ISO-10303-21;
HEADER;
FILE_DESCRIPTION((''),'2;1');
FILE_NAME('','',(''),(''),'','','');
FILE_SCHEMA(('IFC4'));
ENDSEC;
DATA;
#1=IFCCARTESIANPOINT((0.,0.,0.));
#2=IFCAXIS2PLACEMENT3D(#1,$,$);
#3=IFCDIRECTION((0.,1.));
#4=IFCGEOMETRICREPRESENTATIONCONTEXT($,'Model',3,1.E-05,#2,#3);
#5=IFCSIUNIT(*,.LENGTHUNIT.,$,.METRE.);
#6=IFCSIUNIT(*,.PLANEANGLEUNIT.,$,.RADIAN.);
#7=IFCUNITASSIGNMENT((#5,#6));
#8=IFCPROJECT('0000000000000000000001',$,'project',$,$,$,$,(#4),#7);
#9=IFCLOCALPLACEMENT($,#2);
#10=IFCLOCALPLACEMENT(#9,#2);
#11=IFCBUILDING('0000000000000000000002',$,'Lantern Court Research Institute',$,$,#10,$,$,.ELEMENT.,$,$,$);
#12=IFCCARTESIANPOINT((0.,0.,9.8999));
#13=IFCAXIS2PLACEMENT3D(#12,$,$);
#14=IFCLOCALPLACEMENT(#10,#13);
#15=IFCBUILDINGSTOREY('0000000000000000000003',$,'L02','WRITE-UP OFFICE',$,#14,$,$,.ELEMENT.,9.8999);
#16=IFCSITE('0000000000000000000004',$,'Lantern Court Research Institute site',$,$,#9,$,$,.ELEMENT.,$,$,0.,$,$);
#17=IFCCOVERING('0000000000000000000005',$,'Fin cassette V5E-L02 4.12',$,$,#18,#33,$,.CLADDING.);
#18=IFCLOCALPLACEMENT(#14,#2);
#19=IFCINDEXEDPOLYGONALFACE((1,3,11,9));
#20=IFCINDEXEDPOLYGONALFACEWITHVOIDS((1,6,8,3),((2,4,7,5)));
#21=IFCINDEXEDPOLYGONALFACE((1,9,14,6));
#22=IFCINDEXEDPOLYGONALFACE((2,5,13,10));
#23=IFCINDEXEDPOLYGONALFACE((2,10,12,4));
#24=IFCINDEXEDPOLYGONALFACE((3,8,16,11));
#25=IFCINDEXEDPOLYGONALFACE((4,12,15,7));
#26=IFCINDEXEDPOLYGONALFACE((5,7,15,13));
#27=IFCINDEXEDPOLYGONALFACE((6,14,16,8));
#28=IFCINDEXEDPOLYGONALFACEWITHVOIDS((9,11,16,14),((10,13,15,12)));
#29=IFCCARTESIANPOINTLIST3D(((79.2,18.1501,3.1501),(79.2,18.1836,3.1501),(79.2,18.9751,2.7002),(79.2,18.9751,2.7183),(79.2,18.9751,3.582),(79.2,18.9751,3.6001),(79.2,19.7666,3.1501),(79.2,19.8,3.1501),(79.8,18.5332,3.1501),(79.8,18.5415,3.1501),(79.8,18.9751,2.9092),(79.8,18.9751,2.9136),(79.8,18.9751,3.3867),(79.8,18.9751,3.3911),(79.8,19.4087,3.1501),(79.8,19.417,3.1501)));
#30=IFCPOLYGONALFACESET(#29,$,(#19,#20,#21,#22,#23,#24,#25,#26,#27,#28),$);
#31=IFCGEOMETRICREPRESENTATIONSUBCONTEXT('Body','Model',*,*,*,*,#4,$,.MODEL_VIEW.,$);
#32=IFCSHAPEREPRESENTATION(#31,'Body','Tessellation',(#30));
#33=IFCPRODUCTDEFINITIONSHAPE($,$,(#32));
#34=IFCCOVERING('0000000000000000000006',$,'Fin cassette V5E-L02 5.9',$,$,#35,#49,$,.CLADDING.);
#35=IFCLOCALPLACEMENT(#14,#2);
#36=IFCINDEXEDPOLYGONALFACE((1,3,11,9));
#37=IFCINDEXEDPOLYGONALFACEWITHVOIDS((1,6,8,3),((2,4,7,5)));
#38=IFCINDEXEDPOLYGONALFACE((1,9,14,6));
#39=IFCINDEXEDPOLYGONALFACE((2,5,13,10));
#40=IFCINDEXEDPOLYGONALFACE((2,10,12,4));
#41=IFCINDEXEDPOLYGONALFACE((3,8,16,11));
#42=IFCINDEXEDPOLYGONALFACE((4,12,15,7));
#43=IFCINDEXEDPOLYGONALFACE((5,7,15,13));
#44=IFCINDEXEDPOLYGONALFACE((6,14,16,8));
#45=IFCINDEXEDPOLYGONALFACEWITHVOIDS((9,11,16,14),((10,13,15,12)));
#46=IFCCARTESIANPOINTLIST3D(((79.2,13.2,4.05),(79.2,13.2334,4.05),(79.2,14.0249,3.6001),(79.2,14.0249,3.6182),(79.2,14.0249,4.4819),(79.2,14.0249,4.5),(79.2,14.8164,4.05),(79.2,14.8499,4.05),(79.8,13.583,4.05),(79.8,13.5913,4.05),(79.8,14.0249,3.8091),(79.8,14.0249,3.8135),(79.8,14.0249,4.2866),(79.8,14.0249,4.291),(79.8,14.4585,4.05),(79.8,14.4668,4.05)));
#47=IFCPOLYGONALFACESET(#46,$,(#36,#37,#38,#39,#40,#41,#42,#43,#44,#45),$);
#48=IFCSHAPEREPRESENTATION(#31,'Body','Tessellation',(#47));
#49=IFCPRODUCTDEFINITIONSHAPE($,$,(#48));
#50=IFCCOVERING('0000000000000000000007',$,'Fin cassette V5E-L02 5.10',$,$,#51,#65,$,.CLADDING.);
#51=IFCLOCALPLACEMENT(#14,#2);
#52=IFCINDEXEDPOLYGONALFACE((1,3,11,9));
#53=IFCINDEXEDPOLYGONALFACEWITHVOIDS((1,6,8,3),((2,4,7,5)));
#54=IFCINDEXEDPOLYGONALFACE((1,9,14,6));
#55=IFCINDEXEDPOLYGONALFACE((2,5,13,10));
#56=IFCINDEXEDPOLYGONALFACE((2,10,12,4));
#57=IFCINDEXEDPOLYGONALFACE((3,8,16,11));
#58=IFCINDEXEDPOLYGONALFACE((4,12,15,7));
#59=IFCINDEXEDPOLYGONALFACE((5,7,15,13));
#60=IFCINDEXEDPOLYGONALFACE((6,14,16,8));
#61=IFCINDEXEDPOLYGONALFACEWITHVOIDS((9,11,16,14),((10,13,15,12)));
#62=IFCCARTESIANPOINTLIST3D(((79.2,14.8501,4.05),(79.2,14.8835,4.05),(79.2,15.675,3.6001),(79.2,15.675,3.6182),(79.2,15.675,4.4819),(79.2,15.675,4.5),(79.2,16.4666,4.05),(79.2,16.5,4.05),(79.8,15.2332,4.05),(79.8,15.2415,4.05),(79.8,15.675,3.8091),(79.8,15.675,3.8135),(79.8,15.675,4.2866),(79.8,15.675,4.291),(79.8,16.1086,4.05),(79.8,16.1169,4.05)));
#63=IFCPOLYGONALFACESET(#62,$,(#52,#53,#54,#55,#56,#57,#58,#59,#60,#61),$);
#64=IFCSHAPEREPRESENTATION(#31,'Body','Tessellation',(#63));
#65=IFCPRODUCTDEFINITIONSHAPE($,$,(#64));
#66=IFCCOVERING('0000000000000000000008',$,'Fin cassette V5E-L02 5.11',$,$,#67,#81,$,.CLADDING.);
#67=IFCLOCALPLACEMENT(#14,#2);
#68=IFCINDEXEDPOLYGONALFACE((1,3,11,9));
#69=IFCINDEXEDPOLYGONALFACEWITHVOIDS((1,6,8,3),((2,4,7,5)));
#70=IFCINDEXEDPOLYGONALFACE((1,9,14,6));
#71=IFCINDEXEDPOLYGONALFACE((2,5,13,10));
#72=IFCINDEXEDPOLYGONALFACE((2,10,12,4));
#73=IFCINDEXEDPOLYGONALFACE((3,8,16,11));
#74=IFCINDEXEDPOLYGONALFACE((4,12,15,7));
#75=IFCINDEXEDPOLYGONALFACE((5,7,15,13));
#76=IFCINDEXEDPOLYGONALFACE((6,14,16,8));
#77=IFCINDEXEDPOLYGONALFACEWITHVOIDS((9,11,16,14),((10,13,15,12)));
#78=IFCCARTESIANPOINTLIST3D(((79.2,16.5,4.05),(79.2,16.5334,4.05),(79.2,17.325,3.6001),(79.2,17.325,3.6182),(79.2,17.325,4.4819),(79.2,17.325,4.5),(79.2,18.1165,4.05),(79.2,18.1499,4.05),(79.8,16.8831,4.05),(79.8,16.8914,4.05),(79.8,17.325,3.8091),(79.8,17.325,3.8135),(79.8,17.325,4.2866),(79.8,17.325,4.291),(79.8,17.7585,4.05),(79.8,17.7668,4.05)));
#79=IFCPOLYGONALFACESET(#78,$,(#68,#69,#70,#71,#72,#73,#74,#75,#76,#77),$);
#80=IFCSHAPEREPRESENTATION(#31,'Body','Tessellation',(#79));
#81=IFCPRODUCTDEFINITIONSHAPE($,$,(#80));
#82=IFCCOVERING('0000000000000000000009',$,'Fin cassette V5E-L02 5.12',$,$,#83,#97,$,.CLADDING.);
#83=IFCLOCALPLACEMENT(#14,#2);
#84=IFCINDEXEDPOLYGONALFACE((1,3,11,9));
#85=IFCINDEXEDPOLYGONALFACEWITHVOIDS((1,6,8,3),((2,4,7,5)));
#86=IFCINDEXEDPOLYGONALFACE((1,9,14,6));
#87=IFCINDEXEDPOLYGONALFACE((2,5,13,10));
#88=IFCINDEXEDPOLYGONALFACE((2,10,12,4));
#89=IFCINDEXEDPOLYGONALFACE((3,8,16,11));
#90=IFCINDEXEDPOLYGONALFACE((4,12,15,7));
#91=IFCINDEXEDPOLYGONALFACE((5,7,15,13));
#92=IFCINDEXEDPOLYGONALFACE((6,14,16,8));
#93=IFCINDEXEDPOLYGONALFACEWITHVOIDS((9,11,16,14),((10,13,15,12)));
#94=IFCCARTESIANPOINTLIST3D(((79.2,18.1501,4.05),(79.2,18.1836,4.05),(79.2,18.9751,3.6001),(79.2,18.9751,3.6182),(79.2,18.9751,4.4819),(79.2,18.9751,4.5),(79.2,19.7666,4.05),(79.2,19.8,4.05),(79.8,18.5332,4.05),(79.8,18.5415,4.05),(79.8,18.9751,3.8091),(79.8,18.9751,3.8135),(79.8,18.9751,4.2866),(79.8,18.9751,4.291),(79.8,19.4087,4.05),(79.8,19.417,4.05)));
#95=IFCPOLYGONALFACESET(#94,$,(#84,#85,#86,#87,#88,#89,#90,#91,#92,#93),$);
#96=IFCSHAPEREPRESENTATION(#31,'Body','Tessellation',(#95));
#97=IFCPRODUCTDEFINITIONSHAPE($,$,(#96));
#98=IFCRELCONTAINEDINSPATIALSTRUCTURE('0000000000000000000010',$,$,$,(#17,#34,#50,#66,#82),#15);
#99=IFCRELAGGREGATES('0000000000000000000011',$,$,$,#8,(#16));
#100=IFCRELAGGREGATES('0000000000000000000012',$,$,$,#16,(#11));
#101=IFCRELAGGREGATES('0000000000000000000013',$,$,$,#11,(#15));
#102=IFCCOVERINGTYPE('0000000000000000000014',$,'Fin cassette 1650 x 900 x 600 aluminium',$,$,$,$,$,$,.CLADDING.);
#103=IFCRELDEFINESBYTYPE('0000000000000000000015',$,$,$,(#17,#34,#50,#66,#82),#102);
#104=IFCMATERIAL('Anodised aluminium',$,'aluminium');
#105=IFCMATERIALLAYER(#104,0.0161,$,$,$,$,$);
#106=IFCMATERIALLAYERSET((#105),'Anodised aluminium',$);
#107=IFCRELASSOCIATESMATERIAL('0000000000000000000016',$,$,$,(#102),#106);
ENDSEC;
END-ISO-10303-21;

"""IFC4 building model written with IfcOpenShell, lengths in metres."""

from ifc_helpers import new_model, entity, si_unit, direction, frame, origin, place, context, subcontext, project, spatial, material, layer, layer_set, type_object, element, save


model = new_model("IFC4")

# Units and contexts
model_context = context("Model", 3, precision=1e-05, world=origin(), true_north=direction((0.0, 1.0)))
body_context = subcontext(model_context, "Body", "Model", "MODEL_VIEW")
ifc_project = project(units=[si_unit("LENGTHUNIT", "METRE"), si_unit("PLANEANGLEUNIT", "RADIAN")], contexts=[model_context])

# Site, building, storey
site_placement = place(None, origin())
site = spatial("IfcSite", under=ifc_project, at=site_placement, Name="Lantern Court Research Institute site", CompositionType="ELEMENT", RefElevation=0.0)
building_placement = place(site_placement, origin())
building = spatial("IfcBuilding", under=site, at=building_placement, Name="Lantern Court Research Institute", CompositionType="ELEMENT")
storey_placement = place(building_placement, frame((0.0, 0.0, 9.8999)))
storey = spatial("IfcBuildingStorey", under=building, at=storey_placement, Name="L02", Description="WRITE-UP OFFICE", CompositionType="ELEMENT", Elevation=9.8999)

# Coverings
ifc_material_1 = material(Name="Anodised aluminium", Category="aluminium")
ifc_layer_1 = layer(ifc_material_1, 0.0161)
ifc_layer_set_1 = layer_set([ifc_layer_1], Name="Anodised aluminium")
covering_type = type_object("IfcCoveringType", Name="Fin cassette 1650 x 900 x 600 aluminium", PredefinedType="CLADDING", material=ifc_layer_set_1)
covering_1_placement = place(storey_placement, frame((79.2, 18.9751, 3.1501), z_axis=(1.0, 0.0, 0.0), x_axis=(0.0, 1.0, 0.0)))
cartesian_point_1 = entity("IfcCartesianPoint", [0.825, 0.0])
cartesian_point_2 = entity("IfcCartesianPoint", [0.7915, 0.0])
cartesian_point_3 = entity("IfcCartesianPoint", [0.4419, 0.0])
cartesian_point_4 = entity("IfcCartesianPoint", [0.4336, 0.0])
element("IfcCovering", 1, at=covering_1_placement, inside=storey, type_object=covering_type, Name="Fin cassette V5E-L02 4.12", PredefinedType="CLADDING", context=body_context, shape_type="SweptSolid", body=[
    entity("IfcExtrudedAreaSolidTapered", entity("IfcArbitraryProfileDefWithVoids", "AREA", None, entity("IfcPolyline", [cartesian_point_1, entity("IfcCartesianPoint", [0.0, 0.45]), entity("IfcCartesianPoint", [-0.825, 0.0]), entity("IfcCartesianPoint", [0.0, -0.45]), cartesian_point_1]), [entity("IfcPolyline", [cartesian_point_2, entity("IfcCartesianPoint", [0.0, 0.4319]), entity("IfcCartesianPoint", [-0.7915, 0.0]), entity("IfcCartesianPoint", [0.0, -0.4319]), cartesian_point_2])]), entity("IfcAxis2Placement3D", entity("IfcCartesianPoint", [0.0, 0.0, 0.0])), entity("IfcDirection", [0.0, 0.0, 1.0]), 0.6001, entity("IfcArbitraryProfileDefWithVoids", "AREA", None, entity("IfcPolyline", [cartesian_point_3, entity("IfcCartesianPoint", [0.0, 0.241]), entity("IfcCartesianPoint", [-0.4419, 0.0]), entity("IfcCartesianPoint", [0.0, -0.241]), cartesian_point_3]), [entity("IfcPolyline", [cartesian_point_4, entity("IfcCartesianPoint", [0.0, 0.2366]), entity("IfcCartesianPoint", [-0.4336, 0.0]), entity("IfcCartesianPoint", [0.0, -0.2366]), cartesian_point_4])])),
])
covering_2_placement = place(storey_placement, frame((79.2, 14.0249, 4.05), z_axis=(1.0, 0.0, 0.0), x_axis=(0.0, 1.0, 0.0)))
cartesian_point_5 = entity("IfcCartesianPoint", [0.825, 0.0])
cartesian_point_6 = entity("IfcCartesianPoint", [0.7915, 0.0])
cartesian_point_7 = entity("IfcCartesianPoint", [0.4419, 0.0])
cartesian_point_8 = entity("IfcCartesianPoint", [0.4336, 0.0])
element("IfcCovering", 2, at=covering_2_placement, inside=storey, type_object=covering_type, Name="Fin cassette V5E-L02 5.9", PredefinedType="CLADDING", context=body_context, shape_type="SweptSolid", body=[
    entity("IfcExtrudedAreaSolidTapered", entity("IfcArbitraryProfileDefWithVoids", "AREA", None, entity("IfcPolyline", [cartesian_point_5, entity("IfcCartesianPoint", [0.0, 0.45]), entity("IfcCartesianPoint", [-0.825, 0.0]), entity("IfcCartesianPoint", [0.0, -0.45]), cartesian_point_5]), [entity("IfcPolyline", [cartesian_point_6, entity("IfcCartesianPoint", [0.0, 0.4319]), entity("IfcCartesianPoint", [-0.7915, 0.0]), entity("IfcCartesianPoint", [0.0, -0.4319]), cartesian_point_6])]), entity("IfcAxis2Placement3D", entity("IfcCartesianPoint", [0.0, 0.0, 0.0])), entity("IfcDirection", [0.0, 0.0, 1.0]), 0.6001, entity("IfcArbitraryProfileDefWithVoids", "AREA", None, entity("IfcPolyline", [cartesian_point_7, entity("IfcCartesianPoint", [0.0, 0.241]), entity("IfcCartesianPoint", [-0.4419, 0.0]), entity("IfcCartesianPoint", [0.0, -0.241]), cartesian_point_7]), [entity("IfcPolyline", [cartesian_point_8, entity("IfcCartesianPoint", [0.0, 0.2366]), entity("IfcCartesianPoint", [-0.4336, 0.0]), entity("IfcCartesianPoint", [0.0, -0.2366]), cartesian_point_8])])),
])
covering_3_placement = place(storey_placement, frame((79.2, 15.675, 4.05), z_axis=(1.0, 0.0, 0.0), x_axis=(0.0, 1.0, 0.0)))
cartesian_point_9 = entity("IfcCartesianPoint", [0.825, 0.0])
cartesian_point_10 = entity("IfcCartesianPoint", [0.7915, 0.0])
cartesian_point_11 = entity("IfcCartesianPoint", [0.4419, 0.0])
cartesian_point_12 = entity("IfcCartesianPoint", [0.4336, 0.0])
element("IfcCovering", 3, at=covering_3_placement, inside=storey, type_object=covering_type, Name="Fin cassette V5E-L02 5.10", PredefinedType="CLADDING", context=body_context, shape_type="SweptSolid", body=[
    entity("IfcExtrudedAreaSolidTapered", entity("IfcArbitraryProfileDefWithVoids", "AREA", None, entity("IfcPolyline", [cartesian_point_9, entity("IfcCartesianPoint", [0.0, 0.45]), entity("IfcCartesianPoint", [-0.825, 0.0]), entity("IfcCartesianPoint", [0.0, -0.45]), cartesian_point_9]), [entity("IfcPolyline", [cartesian_point_10, entity("IfcCartesianPoint", [0.0, 0.4319]), entity("IfcCartesianPoint", [-0.7915, 0.0]), entity("IfcCartesianPoint", [0.0, -0.4319]), cartesian_point_10])]), entity("IfcAxis2Placement3D", entity("IfcCartesianPoint", [0.0, 0.0, 0.0])), entity("IfcDirection", [0.0, 0.0, 1.0]), 0.6001, entity("IfcArbitraryProfileDefWithVoids", "AREA", None, entity("IfcPolyline", [cartesian_point_11, entity("IfcCartesianPoint", [0.0, 0.241]), entity("IfcCartesianPoint", [-0.4419, 0.0]), entity("IfcCartesianPoint", [0.0, -0.241]), cartesian_point_11]), [entity("IfcPolyline", [cartesian_point_12, entity("IfcCartesianPoint", [0.0, 0.2366]), entity("IfcCartesianPoint", [-0.4336, 0.0]), entity("IfcCartesianPoint", [0.0, -0.2366]), cartesian_point_12])])),
])
covering_4_placement = place(storey_placement, frame((79.2, 17.325, 4.05), z_axis=(1.0, 0.0, 0.0), x_axis=(0.0, 1.0, 0.0)))
cartesian_point_13 = entity("IfcCartesianPoint", [0.825, 0.0])
cartesian_point_14 = entity("IfcCartesianPoint", [0.7915, 0.0])
cartesian_point_15 = entity("IfcCartesianPoint", [0.4419, 0.0])
cartesian_point_16 = entity("IfcCartesianPoint", [0.4336, 0.0])
element("IfcCovering", 4, at=covering_4_placement, inside=storey, type_object=covering_type, Name="Fin cassette V5E-L02 5.11", PredefinedType="CLADDING", context=body_context, shape_type="SweptSolid", body=[
    entity("IfcExtrudedAreaSolidTapered", entity("IfcArbitraryProfileDefWithVoids", "AREA", None, entity("IfcPolyline", [cartesian_point_13, entity("IfcCartesianPoint", [0.0, 0.45]), entity("IfcCartesianPoint", [-0.825, 0.0]), entity("IfcCartesianPoint", [0.0, -0.45]), cartesian_point_13]), [entity("IfcPolyline", [cartesian_point_14, entity("IfcCartesianPoint", [0.0, 0.4319]), entity("IfcCartesianPoint", [-0.7915, 0.0]), entity("IfcCartesianPoint", [0.0, -0.4319]), cartesian_point_14])]), entity("IfcAxis2Placement3D", entity("IfcCartesianPoint", [0.0, 0.0, 0.0])), entity("IfcDirection", [0.0, 0.0, 1.0]), 0.6001, entity("IfcArbitraryProfileDefWithVoids", "AREA", None, entity("IfcPolyline", [cartesian_point_15, entity("IfcCartesianPoint", [0.0, 0.241]), entity("IfcCartesianPoint", [-0.4419, 0.0]), entity("IfcCartesianPoint", [0.0, -0.241]), cartesian_point_15]), [entity("IfcPolyline", [cartesian_point_16, entity("IfcCartesianPoint", [0.0, 0.2366]), entity("IfcCartesianPoint", [-0.4336, 0.0]), entity("IfcCartesianPoint", [0.0, -0.2366]), cartesian_point_16])])),
])
covering_5_placement = place(storey_placement, frame((79.2, 18.9751, 4.05), z_axis=(1.0, 0.0, 0.0), x_axis=(0.0, 1.0, 0.0)))
cartesian_point_17 = entity("IfcCartesianPoint", [0.825, 0.0])
cartesian_point_18 = entity("IfcCartesianPoint", [0.7915, 0.0])
cartesian_point_19 = entity("IfcCartesianPoint", [0.4419, 0.0])
cartesian_point_20 = entity("IfcCartesianPoint", [0.4336, 0.0])
element("IfcCovering", 5, at=covering_5_placement, inside=storey, type_object=covering_type, Name="Fin cassette V5E-L02 5.12", PredefinedType="CLADDING", context=body_context, shape_type="SweptSolid", body=[
    entity("IfcExtrudedAreaSolidTapered", entity("IfcArbitraryProfileDefWithVoids", "AREA", None, entity("IfcPolyline", [cartesian_point_17, entity("IfcCartesianPoint", [0.0, 0.45]), entity("IfcCartesianPoint", [-0.825, 0.0]), entity("IfcCartesianPoint", [0.0, -0.45]), cartesian_point_17]), [entity("IfcPolyline", [cartesian_point_18, entity("IfcCartesianPoint", [0.0, 0.4319]), entity("IfcCartesianPoint", [-0.7915, 0.0]), entity("IfcCartesianPoint", [0.0, -0.4319]), cartesian_point_18])]), entity("IfcAxis2Placement3D", entity("IfcCartesianPoint", [0.0, 0.0, 0.0])), entity("IfcDirection", [0.0, 0.0, 1.0]), 0.6001, entity("IfcArbitraryProfileDefWithVoids", "AREA", None, entity("IfcPolyline", [cartesian_point_19, entity("IfcCartesianPoint", [0.0, 0.241]), entity("IfcCartesianPoint", [-0.4419, 0.0]), entity("IfcCartesianPoint", [0.0, -0.241]), cartesian_point_19]), [entity("IfcPolyline", [cartesian_point_20, entity("IfcCartesianPoint", [0.0, 0.2366]), entity("IfcCartesianPoint", [-0.4336, 0.0]), entity("IfcCartesianPoint", [0.0, -0.2366]), cartesian_point_20])])),
])

save(model, "model.ifc")
